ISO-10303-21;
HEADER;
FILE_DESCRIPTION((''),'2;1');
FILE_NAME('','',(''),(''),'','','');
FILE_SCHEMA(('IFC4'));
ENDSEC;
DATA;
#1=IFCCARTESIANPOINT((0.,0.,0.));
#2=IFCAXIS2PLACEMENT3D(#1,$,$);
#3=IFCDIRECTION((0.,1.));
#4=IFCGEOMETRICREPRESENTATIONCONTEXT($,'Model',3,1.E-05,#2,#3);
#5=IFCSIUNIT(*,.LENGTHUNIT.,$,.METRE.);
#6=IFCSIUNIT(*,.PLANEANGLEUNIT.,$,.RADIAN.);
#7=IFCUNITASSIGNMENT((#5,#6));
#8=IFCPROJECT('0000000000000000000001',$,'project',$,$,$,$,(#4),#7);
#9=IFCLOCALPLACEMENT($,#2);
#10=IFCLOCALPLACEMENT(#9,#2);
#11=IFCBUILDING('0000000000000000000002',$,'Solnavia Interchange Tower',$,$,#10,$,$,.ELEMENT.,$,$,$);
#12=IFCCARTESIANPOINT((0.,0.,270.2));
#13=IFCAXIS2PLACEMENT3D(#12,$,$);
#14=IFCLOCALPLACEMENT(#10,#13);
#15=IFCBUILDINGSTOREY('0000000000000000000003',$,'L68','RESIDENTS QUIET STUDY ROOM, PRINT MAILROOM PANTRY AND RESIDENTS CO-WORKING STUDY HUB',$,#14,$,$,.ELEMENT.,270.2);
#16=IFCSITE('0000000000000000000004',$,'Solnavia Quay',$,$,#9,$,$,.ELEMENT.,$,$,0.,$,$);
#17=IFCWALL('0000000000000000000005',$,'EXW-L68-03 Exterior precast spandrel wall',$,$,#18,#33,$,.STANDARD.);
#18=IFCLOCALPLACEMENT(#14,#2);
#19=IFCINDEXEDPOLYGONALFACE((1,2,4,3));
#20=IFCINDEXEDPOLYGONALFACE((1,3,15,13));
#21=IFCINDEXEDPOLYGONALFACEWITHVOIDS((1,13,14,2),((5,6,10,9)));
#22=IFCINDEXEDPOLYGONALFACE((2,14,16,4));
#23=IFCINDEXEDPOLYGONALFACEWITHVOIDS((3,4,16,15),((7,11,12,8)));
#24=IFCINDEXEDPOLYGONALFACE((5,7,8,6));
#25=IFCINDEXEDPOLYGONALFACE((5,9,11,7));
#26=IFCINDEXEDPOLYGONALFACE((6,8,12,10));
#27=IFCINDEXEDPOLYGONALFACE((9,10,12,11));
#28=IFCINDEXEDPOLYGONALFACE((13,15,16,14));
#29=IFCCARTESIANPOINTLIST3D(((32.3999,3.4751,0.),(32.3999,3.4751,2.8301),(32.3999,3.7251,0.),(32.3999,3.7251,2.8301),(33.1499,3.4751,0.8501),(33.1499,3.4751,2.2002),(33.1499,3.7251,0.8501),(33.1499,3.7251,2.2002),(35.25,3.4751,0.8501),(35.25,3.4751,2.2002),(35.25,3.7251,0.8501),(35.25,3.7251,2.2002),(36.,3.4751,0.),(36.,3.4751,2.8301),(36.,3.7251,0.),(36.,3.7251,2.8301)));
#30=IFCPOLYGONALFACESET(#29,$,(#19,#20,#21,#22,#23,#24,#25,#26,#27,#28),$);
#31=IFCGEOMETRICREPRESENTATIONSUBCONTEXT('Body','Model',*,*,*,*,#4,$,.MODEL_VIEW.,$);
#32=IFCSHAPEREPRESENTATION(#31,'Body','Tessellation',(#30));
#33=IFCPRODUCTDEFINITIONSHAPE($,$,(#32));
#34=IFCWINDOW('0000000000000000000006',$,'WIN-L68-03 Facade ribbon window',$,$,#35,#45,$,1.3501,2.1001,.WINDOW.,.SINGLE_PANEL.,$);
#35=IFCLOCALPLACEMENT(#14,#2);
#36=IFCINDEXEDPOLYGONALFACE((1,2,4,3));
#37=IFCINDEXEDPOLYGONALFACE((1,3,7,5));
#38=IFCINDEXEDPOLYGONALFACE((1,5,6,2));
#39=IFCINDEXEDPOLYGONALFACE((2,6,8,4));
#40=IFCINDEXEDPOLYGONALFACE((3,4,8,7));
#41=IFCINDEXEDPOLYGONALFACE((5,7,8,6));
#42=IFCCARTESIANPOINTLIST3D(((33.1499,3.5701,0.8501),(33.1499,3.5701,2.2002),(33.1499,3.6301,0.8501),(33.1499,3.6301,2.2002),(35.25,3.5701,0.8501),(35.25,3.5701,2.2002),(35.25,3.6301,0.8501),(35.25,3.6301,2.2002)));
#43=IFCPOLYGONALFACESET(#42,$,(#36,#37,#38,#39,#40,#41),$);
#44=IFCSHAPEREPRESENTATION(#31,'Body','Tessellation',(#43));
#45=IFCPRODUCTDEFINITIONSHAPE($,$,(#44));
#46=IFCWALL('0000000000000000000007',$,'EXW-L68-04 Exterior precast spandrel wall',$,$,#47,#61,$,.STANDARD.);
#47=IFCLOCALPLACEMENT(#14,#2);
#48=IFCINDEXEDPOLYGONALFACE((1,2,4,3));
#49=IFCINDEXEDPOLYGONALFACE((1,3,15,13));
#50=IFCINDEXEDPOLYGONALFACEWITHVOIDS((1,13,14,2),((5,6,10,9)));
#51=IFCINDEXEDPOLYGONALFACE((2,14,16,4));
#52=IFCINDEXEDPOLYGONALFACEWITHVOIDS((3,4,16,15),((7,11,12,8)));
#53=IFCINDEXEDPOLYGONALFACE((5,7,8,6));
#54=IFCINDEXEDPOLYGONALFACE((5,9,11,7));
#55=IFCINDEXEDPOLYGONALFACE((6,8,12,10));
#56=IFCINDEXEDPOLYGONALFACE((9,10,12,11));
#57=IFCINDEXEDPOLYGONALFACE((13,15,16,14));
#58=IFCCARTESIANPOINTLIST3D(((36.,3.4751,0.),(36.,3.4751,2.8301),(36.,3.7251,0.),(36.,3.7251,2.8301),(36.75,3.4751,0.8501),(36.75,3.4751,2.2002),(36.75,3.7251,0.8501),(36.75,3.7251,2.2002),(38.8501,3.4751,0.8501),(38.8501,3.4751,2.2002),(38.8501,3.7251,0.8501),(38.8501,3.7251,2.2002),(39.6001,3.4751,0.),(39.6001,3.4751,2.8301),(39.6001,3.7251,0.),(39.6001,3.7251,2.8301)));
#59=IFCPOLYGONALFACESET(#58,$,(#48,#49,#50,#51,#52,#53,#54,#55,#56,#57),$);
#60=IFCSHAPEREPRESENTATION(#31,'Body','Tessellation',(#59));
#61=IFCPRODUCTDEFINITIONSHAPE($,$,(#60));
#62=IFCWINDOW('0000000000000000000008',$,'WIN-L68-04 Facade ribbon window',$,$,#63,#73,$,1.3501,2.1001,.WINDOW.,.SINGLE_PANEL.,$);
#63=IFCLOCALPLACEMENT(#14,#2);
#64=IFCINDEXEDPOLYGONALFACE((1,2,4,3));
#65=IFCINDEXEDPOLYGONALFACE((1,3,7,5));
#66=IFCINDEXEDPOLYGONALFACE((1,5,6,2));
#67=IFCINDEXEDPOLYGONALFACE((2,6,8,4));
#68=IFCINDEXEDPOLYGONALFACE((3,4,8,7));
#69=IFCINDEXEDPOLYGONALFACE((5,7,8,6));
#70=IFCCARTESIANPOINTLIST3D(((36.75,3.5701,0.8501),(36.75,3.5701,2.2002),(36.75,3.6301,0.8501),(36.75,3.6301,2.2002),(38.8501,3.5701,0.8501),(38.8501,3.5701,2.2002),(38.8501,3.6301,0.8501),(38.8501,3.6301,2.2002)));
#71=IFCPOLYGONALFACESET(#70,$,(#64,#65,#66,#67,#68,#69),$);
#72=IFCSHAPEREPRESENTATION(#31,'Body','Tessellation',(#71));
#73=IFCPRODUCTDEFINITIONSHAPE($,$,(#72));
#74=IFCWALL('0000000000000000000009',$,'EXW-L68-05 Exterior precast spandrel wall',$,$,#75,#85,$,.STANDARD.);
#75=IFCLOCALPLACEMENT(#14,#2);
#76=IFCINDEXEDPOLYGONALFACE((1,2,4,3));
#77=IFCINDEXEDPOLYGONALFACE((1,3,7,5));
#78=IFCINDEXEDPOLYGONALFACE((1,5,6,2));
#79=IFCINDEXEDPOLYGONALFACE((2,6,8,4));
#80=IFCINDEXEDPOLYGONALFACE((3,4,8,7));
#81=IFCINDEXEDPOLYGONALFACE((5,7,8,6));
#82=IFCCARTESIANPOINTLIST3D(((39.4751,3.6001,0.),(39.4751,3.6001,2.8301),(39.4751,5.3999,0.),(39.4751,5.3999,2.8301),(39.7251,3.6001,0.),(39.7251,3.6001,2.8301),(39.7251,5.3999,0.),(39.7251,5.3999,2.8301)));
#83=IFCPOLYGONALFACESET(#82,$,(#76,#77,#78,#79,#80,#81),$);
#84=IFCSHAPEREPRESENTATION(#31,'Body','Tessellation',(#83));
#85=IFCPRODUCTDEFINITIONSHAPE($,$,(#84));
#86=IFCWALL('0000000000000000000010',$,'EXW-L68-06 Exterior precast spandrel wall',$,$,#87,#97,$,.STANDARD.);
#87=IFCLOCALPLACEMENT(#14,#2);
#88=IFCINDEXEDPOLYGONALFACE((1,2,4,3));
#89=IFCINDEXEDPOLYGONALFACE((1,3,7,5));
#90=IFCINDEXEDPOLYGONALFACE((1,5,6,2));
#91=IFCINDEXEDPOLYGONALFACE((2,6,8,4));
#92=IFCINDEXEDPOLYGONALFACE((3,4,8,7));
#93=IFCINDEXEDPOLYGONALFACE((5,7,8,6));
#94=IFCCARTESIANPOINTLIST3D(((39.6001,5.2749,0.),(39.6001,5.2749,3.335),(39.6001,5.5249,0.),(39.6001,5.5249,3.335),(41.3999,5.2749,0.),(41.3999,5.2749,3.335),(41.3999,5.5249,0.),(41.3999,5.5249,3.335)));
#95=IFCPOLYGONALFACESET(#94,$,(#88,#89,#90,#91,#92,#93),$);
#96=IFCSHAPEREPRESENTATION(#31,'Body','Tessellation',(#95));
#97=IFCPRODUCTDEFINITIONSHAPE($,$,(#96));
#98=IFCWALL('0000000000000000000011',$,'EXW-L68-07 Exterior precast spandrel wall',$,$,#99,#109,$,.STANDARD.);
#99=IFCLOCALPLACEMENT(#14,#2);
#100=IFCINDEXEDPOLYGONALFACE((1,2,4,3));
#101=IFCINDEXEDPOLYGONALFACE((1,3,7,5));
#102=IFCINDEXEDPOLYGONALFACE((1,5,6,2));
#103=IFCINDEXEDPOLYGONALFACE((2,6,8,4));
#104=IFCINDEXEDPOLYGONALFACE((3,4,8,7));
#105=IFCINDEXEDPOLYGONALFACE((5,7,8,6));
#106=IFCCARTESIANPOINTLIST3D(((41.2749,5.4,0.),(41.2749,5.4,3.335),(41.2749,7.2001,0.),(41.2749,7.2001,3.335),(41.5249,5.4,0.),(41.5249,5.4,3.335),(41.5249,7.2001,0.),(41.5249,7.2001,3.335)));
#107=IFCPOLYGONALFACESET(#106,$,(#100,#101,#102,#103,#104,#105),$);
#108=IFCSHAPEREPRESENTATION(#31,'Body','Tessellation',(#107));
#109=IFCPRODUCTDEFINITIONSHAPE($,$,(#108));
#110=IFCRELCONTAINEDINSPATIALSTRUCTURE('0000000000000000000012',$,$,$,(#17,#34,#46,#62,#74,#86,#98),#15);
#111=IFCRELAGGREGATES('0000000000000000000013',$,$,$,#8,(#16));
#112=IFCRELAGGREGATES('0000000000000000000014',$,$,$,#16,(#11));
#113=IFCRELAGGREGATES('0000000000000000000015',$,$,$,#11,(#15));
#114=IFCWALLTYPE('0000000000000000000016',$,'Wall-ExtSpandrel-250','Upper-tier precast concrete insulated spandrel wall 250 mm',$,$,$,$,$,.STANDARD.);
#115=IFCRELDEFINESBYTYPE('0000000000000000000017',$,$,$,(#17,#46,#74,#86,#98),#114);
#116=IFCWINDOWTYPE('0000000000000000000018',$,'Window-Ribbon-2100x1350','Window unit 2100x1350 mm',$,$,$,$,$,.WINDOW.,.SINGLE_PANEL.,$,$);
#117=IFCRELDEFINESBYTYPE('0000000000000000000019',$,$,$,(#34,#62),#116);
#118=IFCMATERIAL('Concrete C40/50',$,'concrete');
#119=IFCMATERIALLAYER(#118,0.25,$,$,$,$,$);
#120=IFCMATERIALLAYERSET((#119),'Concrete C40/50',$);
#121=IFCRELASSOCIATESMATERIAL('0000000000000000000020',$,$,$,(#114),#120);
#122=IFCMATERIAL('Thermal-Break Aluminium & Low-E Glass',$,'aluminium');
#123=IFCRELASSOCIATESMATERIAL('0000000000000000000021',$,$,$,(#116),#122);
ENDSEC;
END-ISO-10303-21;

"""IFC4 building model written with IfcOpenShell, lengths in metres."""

from ifc_helpers import new_model, si_unit, direction, frame, frame_2d, origin, place, context, subcontext, project, spatial, rectangle, extrude, material, layer, layer_set, type_object, element, fill, save


model = new_model("IFC4")

# Units and contexts
model_context = context("Model", 3, precision=1e-05, world=origin(), true_north=direction((0.0, 1.0)))
body_context = subcontext(model_context, "Body", "Model", "MODEL_VIEW")
ifc_project = project(units=[si_unit("LENGTHUNIT", "METRE"), si_unit("PLANEANGLEUNIT", "RADIAN")], contexts=[model_context])

# Site, building, storey
site_placement = place(None, origin())
site = spatial("IfcSite", under=ifc_project, at=site_placement, Name="Solnavia Quay", CompositionType="ELEMENT", RefElevation=0.0)
building_placement = place(site_placement, origin())
building = spatial("IfcBuilding", under=site, at=building_placement, Name="Solnavia Interchange Tower", CompositionType="ELEMENT")
storey_placement = place(building_placement, frame((0.0, 0.0, 270.2)))
storey = spatial("IfcBuildingStorey", under=building, at=storey_placement, Name="L68", Description="RESIDENTS QUIET STUDY ROOM, PRINT MAILROOM PANTRY AND RESIDENTS CO-WORKING STUDY HUB", CompositionType="ELEMENT", Elevation=270.2)

# Walls, openings, windows
ifc_material_1 = material(Name="Concrete C40/50", Category="concrete")
ifc_layer_1 = layer(ifc_material_1, 0.25)
ifc_layer_set_1 = layer_set([ifc_layer_1], Name="Concrete C40/50")
wall_type_1 = type_object("IfcWallType", Name="Wall-ExtSpandrel-250", Description="Upper-tier precast concrete insulated spandrel wall 250 mm", PredefinedType="STANDARD", material=ifc_layer_set_1)
ifc_material_2 = material(Name="Thermal-Break Aluminium & Low-E Glass", Category="aluminium")
window_type = type_object("IfcWindowType", Name="Window-Ribbon-2100x1350", Description="Window unit 2100x1350 mm", PartitioningType="SINGLE_PANEL", PredefinedType="WINDOW", material=ifc_material_2)
wall_1_placement = place(storey_placement, frame((36.0, 3.6001, 0.0), z_axis=(0.0, 0.0, 1.0), x_axis=(-1.0, 0.0, 0.0)))
wall_1 = element("IfcWall", 1, at=wall_1_placement, inside=storey, type_object=wall_type_1, Name="EXW-L68-03 Exterior precast spandrel wall", PredefinedType="STANDARD", context=body_context, shape_type="SweptSolid", body=[
    extrude(rectangle(XDim=3.6001, YDim=0.25, at=frame_2d((1.8, 0.0))), origin(), (0.0, 0.0, 1.0), 2.8301),
])
opening_1_placement = place(wall_1_placement, frame((0.75, 0.0, 0.8501)))
opening_1 = element("IfcOpeningElement", 2, at=opening_1_placement, cuts=wall_1, PredefinedType="OPENING", context=body_context, shape_type="SweptSolid", body=[
    extrude(rectangle(XDim=2.1001, YDim=1.3501, at=frame_2d((1.05, 0.675))), frame((0.0, 0.135, 0.0), z_axis=(0.0, -1.0, 0.0), x_axis=(1.0, 0.0, 0.0)), (0.0, 0.0, 1.0), 0.27),
])
window_1_placement = place(opening_1_placement, origin())
window_1 = element("IfcWindow", 3, at=window_1_placement, inside=storey, type_object=window_type, Name="WIN-L68-03 Facade ribbon window", OverallHeight=1.3501, OverallWidth=2.1001, PartitioningType="SINGLE_PANEL", PredefinedType="WINDOW", context=body_context, shape_type="SweptSolid", body=[
    extrude(rectangle(XDim=2.1001, YDim=1.3501, at=frame_2d((1.05, 0.675))), frame((0.0, 0.03, 0.0), z_axis=(0.0, -1.0, 0.0), x_axis=(1.0, 0.0, 0.0)), (0.0, 0.0, 1.0), 0.0601),
])
fill(opening_1, window_1)
wall_2_placement = place(storey_placement, frame((39.6001, 3.6001, 0.0), z_axis=(0.0, 0.0, 1.0), x_axis=(-1.0, 0.0, 0.0)))
wall_2 = element("IfcWall", 4, at=wall_2_placement, inside=storey, type_object=wall_type_1, Name="EXW-L68-04 Exterior precast spandrel wall", PredefinedType="STANDARD", context=body_context, shape_type="SweptSolid", body=[
    extrude(rectangle(XDim=3.6001, YDim=0.25, at=frame_2d((1.8, 0.0))), origin(), (0.0, 0.0, 1.0), 2.8301),
])
opening_2_placement = place(wall_2_placement, frame((0.75, 0.0, 0.8501)))
opening_2 = element("IfcOpeningElement", 5, at=opening_2_placement, cuts=wall_2, PredefinedType="OPENING", context=body_context, shape_type="SweptSolid", body=[
    extrude(rectangle(XDim=2.1001, YDim=1.3501, at=frame_2d((1.05, 0.675))), frame((0.0, 0.135, 0.0), z_axis=(0.0, -1.0, 0.0), x_axis=(1.0, 0.0, 0.0)), (0.0, 0.0, 1.0), 0.27),
])
window_2_placement = place(opening_2_placement, origin())
window_2 = element("IfcWindow", 6, at=window_2_placement, inside=storey, type_object=window_type, Name="WIN-L68-04 Facade ribbon window", OverallHeight=1.3501, OverallWidth=2.1001, PartitioningType="SINGLE_PANEL", PredefinedType="WINDOW", context=body_context, shape_type="SweptSolid", body=[
    extrude(rectangle(XDim=2.1001, YDim=1.3501, at=frame_2d((1.05, 0.675))), frame((0.0, 0.03, 0.0), z_axis=(0.0, -1.0, 0.0), x_axis=(1.0, 0.0, 0.0)), (0.0, 0.0, 1.0), 0.0601),
])
fill(opening_2, window_2)

# Walls
wall_3_placement = place(storey_placement, frame((39.6001, 5.3999, 0.0), z_axis=(0.0, 0.0, 1.0), x_axis=(0.0, -1.0, 0.0)))
element("IfcWall", 7, at=wall_3_placement, inside=storey, type_object=wall_type_1, Name="EXW-L68-05 Exterior precast spandrel wall", PredefinedType="STANDARD", context=body_context, shape_type="SweptSolid", body=[
    extrude(rectangle(XDim=1.7998, YDim=0.25, at=frame_2d((0.8999, 0.0))), origin(), (0.0, 0.0, 1.0), 2.8301),
])
wall_4_placement = place(storey_placement, frame((41.3999, 5.3999, 0.0), z_axis=(0.0, 0.0, 1.0), x_axis=(-1.0, 0.0, 0.0)))
element("IfcWall", 8, at=wall_4_placement, inside=storey, type_object=wall_type_1, Name="EXW-L68-06 Exterior precast spandrel wall", PredefinedType="STANDARD", context=body_context, shape_type="SweptSolid", body=[
    extrude(rectangle(XDim=1.7998, YDim=0.25, at=frame_2d((0.8999, 0.0))), origin(), (0.0, 0.0, 1.0), 3.335),
])
wall_5_placement = place(storey_placement, frame((41.3999, 7.2, 0.0), z_axis=(0.0, 0.0, 1.0), x_axis=(0.0, -1.0, 0.0)))
element("IfcWall", 9, at=wall_5_placement, inside=storey, type_object=wall_type_1, Name="EXW-L68-07 Exterior precast spandrel wall", PredefinedType="STANDARD", context=body_context, shape_type="SweptSolid", body=[
    extrude(rectangle(XDim=1.8, YDim=0.25, at=frame_2d((0.8999, 0.0))), origin(), (0.0, 0.0, 1.0), 3.335),
])

save(model, "model.ifc")
